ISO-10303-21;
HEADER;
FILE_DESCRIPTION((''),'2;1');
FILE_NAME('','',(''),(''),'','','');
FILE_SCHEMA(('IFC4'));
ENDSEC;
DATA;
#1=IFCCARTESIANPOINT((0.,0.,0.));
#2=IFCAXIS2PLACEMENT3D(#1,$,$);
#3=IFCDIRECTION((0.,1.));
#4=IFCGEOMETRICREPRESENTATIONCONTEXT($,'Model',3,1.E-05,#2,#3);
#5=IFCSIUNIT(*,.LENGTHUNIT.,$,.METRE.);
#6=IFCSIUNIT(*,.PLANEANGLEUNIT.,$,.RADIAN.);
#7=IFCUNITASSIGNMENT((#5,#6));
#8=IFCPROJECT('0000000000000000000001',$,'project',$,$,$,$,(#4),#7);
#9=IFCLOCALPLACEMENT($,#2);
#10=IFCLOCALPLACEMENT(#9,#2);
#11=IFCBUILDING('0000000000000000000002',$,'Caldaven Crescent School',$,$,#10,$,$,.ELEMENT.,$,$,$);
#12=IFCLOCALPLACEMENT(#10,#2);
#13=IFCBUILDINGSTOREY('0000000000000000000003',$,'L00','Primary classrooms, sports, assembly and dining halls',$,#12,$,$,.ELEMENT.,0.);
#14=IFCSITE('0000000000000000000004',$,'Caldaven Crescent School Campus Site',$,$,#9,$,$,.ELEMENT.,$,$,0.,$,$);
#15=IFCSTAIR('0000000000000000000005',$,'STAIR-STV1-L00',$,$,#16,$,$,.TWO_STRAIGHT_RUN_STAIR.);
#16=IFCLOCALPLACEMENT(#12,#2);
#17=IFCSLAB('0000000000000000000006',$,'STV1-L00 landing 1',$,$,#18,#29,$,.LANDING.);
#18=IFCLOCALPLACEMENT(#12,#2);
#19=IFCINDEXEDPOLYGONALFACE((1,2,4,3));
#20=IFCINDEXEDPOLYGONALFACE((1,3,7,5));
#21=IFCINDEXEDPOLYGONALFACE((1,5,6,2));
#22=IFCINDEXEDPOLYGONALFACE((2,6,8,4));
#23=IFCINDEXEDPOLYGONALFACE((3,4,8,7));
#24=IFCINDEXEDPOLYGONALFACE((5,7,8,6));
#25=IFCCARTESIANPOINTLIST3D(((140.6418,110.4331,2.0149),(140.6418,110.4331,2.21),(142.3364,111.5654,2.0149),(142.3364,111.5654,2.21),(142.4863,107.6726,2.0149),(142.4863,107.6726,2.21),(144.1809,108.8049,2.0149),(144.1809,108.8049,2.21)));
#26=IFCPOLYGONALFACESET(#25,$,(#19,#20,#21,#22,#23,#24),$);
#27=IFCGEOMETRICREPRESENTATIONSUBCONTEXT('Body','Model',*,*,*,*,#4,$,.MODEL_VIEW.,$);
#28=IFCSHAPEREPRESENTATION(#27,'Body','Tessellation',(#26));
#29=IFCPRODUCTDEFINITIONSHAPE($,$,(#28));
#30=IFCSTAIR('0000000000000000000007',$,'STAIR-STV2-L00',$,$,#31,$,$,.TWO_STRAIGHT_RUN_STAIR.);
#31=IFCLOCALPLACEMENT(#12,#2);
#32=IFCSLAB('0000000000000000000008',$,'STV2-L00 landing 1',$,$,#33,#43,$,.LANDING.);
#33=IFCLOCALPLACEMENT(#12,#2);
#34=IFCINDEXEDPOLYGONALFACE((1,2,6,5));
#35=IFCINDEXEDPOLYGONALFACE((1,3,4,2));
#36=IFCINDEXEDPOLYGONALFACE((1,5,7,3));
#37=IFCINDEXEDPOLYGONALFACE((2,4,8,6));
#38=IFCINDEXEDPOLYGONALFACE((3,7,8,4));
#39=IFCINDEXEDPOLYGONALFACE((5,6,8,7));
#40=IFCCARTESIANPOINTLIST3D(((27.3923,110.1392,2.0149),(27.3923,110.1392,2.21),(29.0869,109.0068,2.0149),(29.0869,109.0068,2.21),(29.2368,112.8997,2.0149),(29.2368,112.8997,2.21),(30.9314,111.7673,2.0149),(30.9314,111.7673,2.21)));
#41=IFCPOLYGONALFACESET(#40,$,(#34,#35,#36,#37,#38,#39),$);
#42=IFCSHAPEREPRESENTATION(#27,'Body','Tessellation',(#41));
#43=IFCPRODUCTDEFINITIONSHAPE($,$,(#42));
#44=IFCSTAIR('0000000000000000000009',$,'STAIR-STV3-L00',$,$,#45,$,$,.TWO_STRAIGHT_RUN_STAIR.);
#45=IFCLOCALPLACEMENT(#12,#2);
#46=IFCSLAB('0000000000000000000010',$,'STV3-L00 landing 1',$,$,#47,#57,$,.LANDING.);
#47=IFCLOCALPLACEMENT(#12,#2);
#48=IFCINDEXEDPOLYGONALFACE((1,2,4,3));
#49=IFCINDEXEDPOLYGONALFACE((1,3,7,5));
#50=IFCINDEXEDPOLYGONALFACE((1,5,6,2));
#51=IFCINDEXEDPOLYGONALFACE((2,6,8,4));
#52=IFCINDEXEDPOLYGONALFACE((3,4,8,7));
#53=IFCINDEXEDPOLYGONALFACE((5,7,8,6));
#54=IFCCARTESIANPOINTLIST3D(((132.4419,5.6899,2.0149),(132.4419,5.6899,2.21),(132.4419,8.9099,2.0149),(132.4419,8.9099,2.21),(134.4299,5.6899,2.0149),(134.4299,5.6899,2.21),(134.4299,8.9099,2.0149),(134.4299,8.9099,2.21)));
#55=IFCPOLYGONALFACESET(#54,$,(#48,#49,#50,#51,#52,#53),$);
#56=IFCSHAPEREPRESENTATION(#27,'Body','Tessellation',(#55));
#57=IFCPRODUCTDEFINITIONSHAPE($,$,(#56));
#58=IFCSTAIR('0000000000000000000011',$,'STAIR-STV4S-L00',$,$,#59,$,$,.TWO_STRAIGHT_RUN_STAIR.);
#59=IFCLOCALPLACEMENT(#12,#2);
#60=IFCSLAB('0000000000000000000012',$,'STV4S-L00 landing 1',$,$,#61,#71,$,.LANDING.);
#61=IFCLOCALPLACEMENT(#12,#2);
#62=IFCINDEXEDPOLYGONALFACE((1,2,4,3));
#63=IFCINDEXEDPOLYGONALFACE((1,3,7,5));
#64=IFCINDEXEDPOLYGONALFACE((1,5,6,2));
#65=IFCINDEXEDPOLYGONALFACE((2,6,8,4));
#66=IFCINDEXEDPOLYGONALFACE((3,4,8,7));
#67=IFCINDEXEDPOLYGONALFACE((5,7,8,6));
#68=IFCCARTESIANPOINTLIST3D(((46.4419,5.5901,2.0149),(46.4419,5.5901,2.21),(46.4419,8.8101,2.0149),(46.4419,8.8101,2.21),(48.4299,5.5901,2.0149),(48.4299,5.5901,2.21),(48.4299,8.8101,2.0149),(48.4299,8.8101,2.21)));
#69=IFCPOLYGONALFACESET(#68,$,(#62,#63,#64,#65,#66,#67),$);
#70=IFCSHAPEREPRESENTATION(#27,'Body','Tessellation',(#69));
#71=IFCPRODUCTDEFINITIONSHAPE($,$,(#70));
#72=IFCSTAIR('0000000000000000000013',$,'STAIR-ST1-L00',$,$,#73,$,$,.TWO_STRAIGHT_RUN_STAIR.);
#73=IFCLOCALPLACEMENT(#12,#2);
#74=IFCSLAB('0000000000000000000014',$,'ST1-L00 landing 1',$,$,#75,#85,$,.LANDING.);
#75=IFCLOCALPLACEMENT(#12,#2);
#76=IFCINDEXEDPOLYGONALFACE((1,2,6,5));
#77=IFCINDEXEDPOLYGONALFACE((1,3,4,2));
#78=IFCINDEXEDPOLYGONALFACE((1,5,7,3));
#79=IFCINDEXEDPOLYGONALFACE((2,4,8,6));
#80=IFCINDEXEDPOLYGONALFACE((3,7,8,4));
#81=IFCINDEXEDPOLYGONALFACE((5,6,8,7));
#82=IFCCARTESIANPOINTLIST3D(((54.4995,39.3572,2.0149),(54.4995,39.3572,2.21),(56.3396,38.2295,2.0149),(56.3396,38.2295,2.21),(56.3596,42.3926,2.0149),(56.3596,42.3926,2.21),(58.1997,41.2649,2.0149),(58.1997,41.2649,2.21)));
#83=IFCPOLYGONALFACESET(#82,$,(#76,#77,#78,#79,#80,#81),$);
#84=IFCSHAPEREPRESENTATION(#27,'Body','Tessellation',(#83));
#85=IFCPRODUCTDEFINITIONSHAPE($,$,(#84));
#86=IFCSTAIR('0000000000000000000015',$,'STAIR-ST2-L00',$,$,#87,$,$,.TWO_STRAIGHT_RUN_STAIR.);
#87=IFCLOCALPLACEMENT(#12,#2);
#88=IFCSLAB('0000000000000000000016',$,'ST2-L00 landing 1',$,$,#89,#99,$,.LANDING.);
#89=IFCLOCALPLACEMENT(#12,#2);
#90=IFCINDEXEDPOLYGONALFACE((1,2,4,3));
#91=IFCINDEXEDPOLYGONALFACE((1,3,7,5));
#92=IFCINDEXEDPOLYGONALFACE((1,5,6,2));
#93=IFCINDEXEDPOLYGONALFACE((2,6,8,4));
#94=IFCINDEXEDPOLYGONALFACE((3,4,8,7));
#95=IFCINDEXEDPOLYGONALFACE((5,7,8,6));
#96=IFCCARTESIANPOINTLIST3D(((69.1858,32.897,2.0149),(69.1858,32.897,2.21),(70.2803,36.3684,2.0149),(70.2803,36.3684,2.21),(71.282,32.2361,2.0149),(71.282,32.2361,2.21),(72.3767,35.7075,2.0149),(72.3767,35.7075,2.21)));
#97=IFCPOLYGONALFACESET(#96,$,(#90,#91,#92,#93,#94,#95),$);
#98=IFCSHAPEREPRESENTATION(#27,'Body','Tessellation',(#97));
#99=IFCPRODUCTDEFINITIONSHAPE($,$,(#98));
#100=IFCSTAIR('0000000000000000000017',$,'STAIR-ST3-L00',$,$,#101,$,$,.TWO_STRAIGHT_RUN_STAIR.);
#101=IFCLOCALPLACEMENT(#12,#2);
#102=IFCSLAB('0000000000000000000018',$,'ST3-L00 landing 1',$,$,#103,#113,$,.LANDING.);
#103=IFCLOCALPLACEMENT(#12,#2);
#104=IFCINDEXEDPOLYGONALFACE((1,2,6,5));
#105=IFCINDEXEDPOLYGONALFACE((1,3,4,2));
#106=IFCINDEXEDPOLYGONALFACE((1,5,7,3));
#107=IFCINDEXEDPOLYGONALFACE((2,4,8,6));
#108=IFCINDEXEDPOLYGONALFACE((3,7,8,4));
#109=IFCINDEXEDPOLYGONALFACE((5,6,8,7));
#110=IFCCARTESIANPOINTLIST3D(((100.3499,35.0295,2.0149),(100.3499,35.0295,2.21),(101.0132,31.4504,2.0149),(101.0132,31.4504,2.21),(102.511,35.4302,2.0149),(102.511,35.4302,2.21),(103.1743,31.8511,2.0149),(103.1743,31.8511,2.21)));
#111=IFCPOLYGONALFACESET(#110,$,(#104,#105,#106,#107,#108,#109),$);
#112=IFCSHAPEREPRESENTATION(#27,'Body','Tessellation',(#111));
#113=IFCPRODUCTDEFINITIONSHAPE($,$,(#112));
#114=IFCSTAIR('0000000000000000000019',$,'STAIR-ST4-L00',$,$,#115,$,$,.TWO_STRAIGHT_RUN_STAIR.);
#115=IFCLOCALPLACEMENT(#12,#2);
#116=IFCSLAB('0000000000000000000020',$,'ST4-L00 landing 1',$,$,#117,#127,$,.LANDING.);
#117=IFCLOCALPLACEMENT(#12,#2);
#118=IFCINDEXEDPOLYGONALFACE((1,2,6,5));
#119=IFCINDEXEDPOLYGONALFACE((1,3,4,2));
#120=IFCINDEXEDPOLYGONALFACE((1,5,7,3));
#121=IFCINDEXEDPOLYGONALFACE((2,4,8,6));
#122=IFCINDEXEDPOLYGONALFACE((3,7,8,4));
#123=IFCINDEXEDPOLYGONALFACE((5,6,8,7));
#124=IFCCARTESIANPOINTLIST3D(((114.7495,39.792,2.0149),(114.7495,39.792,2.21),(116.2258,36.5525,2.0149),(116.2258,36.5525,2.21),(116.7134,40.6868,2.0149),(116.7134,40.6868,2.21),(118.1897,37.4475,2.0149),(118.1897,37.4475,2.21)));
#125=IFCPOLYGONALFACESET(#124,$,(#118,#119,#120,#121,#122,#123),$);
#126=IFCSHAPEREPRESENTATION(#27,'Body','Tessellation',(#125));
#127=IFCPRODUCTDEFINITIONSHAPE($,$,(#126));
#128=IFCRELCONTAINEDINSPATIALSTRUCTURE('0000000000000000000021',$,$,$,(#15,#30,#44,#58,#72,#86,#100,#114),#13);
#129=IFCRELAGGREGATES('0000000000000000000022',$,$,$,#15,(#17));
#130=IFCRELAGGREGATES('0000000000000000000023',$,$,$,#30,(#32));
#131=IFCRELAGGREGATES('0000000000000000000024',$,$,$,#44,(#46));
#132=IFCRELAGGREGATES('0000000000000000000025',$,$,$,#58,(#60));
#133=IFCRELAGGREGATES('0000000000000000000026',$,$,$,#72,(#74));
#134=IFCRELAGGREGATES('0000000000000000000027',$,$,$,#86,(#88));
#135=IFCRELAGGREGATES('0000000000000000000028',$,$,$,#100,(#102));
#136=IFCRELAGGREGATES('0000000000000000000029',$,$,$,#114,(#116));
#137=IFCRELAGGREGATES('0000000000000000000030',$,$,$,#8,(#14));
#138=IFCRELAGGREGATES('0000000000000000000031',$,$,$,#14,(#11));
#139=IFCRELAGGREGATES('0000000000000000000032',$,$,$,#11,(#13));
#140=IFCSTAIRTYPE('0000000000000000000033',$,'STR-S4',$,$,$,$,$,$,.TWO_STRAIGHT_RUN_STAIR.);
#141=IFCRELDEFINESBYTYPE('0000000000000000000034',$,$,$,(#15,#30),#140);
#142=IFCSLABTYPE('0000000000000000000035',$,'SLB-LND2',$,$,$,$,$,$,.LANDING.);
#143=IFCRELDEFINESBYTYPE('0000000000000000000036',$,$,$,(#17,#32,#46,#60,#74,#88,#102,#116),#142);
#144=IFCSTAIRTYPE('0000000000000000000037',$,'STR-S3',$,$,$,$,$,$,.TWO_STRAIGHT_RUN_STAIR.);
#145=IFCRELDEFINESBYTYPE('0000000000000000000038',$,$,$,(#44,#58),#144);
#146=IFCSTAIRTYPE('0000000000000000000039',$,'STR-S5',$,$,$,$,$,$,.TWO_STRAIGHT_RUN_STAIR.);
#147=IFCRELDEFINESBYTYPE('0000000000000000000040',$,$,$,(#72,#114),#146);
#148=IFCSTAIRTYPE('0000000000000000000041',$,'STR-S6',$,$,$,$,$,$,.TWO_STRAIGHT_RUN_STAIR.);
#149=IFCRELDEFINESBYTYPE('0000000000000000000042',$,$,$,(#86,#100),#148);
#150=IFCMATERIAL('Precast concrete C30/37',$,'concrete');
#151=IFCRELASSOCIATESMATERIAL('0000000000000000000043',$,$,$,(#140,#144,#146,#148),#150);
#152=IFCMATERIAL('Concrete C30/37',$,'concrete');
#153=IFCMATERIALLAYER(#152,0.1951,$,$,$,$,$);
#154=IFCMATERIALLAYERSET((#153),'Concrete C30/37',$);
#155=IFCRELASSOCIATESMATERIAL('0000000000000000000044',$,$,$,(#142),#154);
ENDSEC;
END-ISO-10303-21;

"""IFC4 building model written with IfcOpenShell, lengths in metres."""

from ifc_helpers import new_model, si_unit, direction, frame, origin, place, context, subcontext, project, spatial, polyline, outline, extrude, material, layer, layer_set, type_object, element, aggregate, save


model = new_model("IFC4")

# Units and contexts
model_context = context("Model", 3, precision=1e-05, world=origin(), true_north=direction((0.0, 1.0)))
body_context = subcontext(model_context, "Body", "Model", "MODEL_VIEW")
ifc_project = project(units=[si_unit("LENGTHUNIT", "METRE"), si_unit("PLANEANGLEUNIT", "RADIAN")], contexts=[model_context])

# Site, building, storey
site_placement = place(None, origin())
site = spatial("IfcSite", under=ifc_project, at=site_placement, Name="Caldaven Crescent School Campus Site", CompositionType="ELEMENT", RefElevation=0.0)
building_placement = place(site_placement, origin())
building = spatial("IfcBuilding", under=site, at=building_placement, Name="Caldaven Crescent School", CompositionType="ELEMENT")
storey_placement = place(building_placement, origin())
storey = spatial("IfcBuildingStorey", under=building, at=storey_placement, Name="L00", Description="Primary classrooms, sports, assembly and dining halls", CompositionType="ELEMENT", Elevation=0.0)

# Stairs, slabs
ifc_material_1 = material(Name="Precast concrete C30/37", Category="concrete")
stair_type_1 = type_object("IfcStairType", Name="STR-S4", PredefinedType="TWO_STRAIGHT_RUN_STAIR", material=ifc_material_1)
stair_1_placement = place(storey_placement, origin())
stair_1 = element("IfcStair", 1, at=stair_1_placement, inside=storey, type_object=stair_type_1, Name="STAIR-STV1-L00", PredefinedType="TWO_STRAIGHT_RUN_STAIR")
ifc_material_2 = material(Name="Concrete C30/37", Category="concrete")
ifc_layer_1 = layer(ifc_material_2, 0.1951)
ifc_layer_set_1 = layer_set([ifc_layer_1], Name="Concrete C30/37")
slab_type = type_object("IfcSlabType", Name="SLB-LND2", PredefinedType="LANDING", material=ifc_layer_set_1)
slab_1_placement = place(storey_placement, frame((0.0, 0.0, 2.0149)))
slab_1 = element("IfcSlab", 2, at=slab_1_placement, type_object=slab_type, Name="STV1-L00 landing 1", PredefinedType="LANDING", context=body_context, shape_type="SweptSolid", body=[
    extrude(outline(polyline([(142.3364, 111.5654), (140.6418, 110.4331), (142.4863, 107.6726), (144.1809, 108.8049), (142.3364, 111.5654)])), origin(), (0.0, 0.0, 1.0), 0.1951),
])
aggregate(stair_1, [slab_1])
stair_2_placement = place(storey_placement, origin())
stair_2 = element("IfcStair", 3, at=stair_2_placement, inside=storey, type_object=stair_type_1, Name="STAIR-STV2-L00", PredefinedType="TWO_STRAIGHT_RUN_STAIR")
slab_2_placement = place(storey_placement, frame((0.0, 0.0, 2.0149)))
slab_2 = element("IfcSlab", 4, at=slab_2_placement, type_object=slab_type, Name="STV2-L00 landing 1", PredefinedType="LANDING", context=body_context, shape_type="SweptSolid", body=[
    extrude(outline(polyline([(30.9314, 111.7673), (29.2368, 112.8997), (27.3923, 110.1392), (29.0869, 109.0068), (30.9314, 111.7673)])), origin(), (0.0, 0.0, 1.0), 0.1951),
])
aggregate(stair_2, [slab_2])
stair_type_2 = type_object("IfcStairType", Name="STR-S3", PredefinedType="TWO_STRAIGHT_RUN_STAIR", material=ifc_material_1)
stair_3_placement = place(storey_placement, origin())
stair_3 = element("IfcStair", 5, at=stair_3_placement, inside=storey, type_object=stair_type_2, Name="STAIR-STV3-L00", PredefinedType="TWO_STRAIGHT_RUN_STAIR")
slab_3_placement = place(storey_placement, frame((0.0, 0.0, 2.0149)))
slab_3 = element("IfcSlab", 6, at=slab_3_placement, type_object=slab_type, Name="STV3-L00 landing 1", PredefinedType="LANDING", context=body_context, shape_type="SweptSolid", body=[
    extrude(outline(polyline([(132.4419, 5.6899), (134.4299, 5.6899), (134.4299, 8.9099), (132.4419, 8.9099), (132.4419, 5.6899)])), origin(), (0.0, 0.0, 1.0), 0.1951),
])
aggregate(stair_3, [slab_3])
stair_4_placement = place(storey_placement, origin())
stair_4 = element("IfcStair", 7, at=stair_4_placement, inside=storey, type_object=stair_type_2, Name="STAIR-STV4S-L00", PredefinedType="TWO_STRAIGHT_RUN_STAIR")
slab_4_placement = place(storey_placement, frame((0.0, 0.0, 2.0149)))
slab_4 = element("IfcSlab", 8, at=slab_4_placement, type_object=slab_type, Name="STV4S-L00 landing 1", PredefinedType="LANDING", context=body_context, shape_type="SweptSolid", body=[
    extrude(outline(polyline([(46.4419, 5.5901), (48.4299, 5.5901), (48.4299, 8.8101), (46.4419, 8.8101), (46.4419, 5.5901)])), origin(), (0.0, 0.0, 1.0), 0.1951),
])
aggregate(stair_4, [slab_4])
stair_type_3 = type_object("IfcStairType", Name="STR-S5", PredefinedType="TWO_STRAIGHT_RUN_STAIR", material=ifc_material_1)
stair_5_placement = place(storey_placement, origin())
stair_5 = element("IfcStair", 9, at=stair_5_placement, inside=storey, type_object=stair_type_3, Name="STAIR-ST1-L00", PredefinedType="TWO_STRAIGHT_RUN_STAIR")
slab_5_placement = place(storey_placement, frame((0.0, 0.0, 2.0149)))
slab_5 = element("IfcSlab", 10, at=slab_5_placement, type_object=slab_type, Name="ST1-L00 landing 1", PredefinedType="LANDING", context=body_context, shape_type="SweptSolid", body=[
    extrude(outline(polyline([(54.4995, 39.3572), (56.3396, 38.2295), (58.1997, 41.2649), (56.3596, 42.3926), (54.4995, 39.3572)])), origin(), (0.0, 0.0, 1.0), 0.1951),
])
aggregate(stair_5, [slab_5])
stair_type_4 = type_object("IfcStairType", Name="STR-S6", PredefinedType="TWO_STRAIGHT_RUN_STAIR", material=ifc_material_1)
stair_6_placement = place(storey_placement, origin())
stair_6 = element("IfcStair", 11, at=stair_6_placement, inside=storey, type_object=stair_type_4, Name="STAIR-ST2-L00", PredefinedType="TWO_STRAIGHT_RUN_STAIR")
slab_6_placement = place(storey_placement, frame((0.0, 0.0, 2.0149)))
slab_6 = element("IfcSlab", 12, at=slab_6_placement, type_object=slab_type, Name="ST2-L00 landing 1", PredefinedType="LANDING", context=body_context, shape_type="SweptSolid", body=[
    extrude(outline(polyline([(69.1858, 32.897), (71.282, 32.2361), (72.3767, 35.7075), (70.2803, 36.3684), (69.1858, 32.897)])), origin(), (0.0, 0.0, 1.0), 0.1951),
])
aggregate(stair_6, [slab_6])
stair_7_placement = place(storey_placement, origin())
stair_7 = element("IfcStair", 13, at=stair_7_placement, inside=storey, type_object=stair_type_4, Name="STAIR-ST3-L00", PredefinedType="TWO_STRAIGHT_RUN_STAIR")
slab_7_placement = place(storey_placement, frame((0.0, 0.0, 2.0149)))
slab_7 = element("IfcSlab", 14, at=slab_7_placement, type_object=slab_type, Name="ST3-L00 landing 1", PredefinedType="LANDING", context=body_context, shape_type="SweptSolid", body=[
    extrude(outline(polyline([(101.0132, 31.4504), (103.1743, 31.8511), (102.511, 35.4302), (100.3499, 35.0295), (101.0132, 31.4504)])), origin(), (0.0, 0.0, 1.0), 0.1951),
])
aggregate(stair_7, [slab_7])
stair_8_placement = place(storey_placement, origin())
stair_8 = element("IfcStair", 15, at=stair_8_placement, inside=storey, type_object=stair_type_3, Name="STAIR-ST4-L00", PredefinedType="TWO_STRAIGHT_RUN_STAIR")
slab_8_placement = place(storey_placement, frame((0.0, 0.0, 2.0149)))
slab_8 = element("IfcSlab", 16, at=slab_8_placement, type_object=slab_type, Name="ST4-L00 landing 1", PredefinedType="LANDING", context=body_context, shape_type="SweptSolid", body=[
    extrude(outline(polyline([(116.2258, 36.5525), (118.1897, 37.4475), (116.7134, 40.6868), (114.7495, 39.792), (116.2258, 36.5525)])), origin(), (0.0, 0.0, 1.0), 0.1951),
])
aggregate(stair_8, [slab_8])

save(model, "model.ifc")
